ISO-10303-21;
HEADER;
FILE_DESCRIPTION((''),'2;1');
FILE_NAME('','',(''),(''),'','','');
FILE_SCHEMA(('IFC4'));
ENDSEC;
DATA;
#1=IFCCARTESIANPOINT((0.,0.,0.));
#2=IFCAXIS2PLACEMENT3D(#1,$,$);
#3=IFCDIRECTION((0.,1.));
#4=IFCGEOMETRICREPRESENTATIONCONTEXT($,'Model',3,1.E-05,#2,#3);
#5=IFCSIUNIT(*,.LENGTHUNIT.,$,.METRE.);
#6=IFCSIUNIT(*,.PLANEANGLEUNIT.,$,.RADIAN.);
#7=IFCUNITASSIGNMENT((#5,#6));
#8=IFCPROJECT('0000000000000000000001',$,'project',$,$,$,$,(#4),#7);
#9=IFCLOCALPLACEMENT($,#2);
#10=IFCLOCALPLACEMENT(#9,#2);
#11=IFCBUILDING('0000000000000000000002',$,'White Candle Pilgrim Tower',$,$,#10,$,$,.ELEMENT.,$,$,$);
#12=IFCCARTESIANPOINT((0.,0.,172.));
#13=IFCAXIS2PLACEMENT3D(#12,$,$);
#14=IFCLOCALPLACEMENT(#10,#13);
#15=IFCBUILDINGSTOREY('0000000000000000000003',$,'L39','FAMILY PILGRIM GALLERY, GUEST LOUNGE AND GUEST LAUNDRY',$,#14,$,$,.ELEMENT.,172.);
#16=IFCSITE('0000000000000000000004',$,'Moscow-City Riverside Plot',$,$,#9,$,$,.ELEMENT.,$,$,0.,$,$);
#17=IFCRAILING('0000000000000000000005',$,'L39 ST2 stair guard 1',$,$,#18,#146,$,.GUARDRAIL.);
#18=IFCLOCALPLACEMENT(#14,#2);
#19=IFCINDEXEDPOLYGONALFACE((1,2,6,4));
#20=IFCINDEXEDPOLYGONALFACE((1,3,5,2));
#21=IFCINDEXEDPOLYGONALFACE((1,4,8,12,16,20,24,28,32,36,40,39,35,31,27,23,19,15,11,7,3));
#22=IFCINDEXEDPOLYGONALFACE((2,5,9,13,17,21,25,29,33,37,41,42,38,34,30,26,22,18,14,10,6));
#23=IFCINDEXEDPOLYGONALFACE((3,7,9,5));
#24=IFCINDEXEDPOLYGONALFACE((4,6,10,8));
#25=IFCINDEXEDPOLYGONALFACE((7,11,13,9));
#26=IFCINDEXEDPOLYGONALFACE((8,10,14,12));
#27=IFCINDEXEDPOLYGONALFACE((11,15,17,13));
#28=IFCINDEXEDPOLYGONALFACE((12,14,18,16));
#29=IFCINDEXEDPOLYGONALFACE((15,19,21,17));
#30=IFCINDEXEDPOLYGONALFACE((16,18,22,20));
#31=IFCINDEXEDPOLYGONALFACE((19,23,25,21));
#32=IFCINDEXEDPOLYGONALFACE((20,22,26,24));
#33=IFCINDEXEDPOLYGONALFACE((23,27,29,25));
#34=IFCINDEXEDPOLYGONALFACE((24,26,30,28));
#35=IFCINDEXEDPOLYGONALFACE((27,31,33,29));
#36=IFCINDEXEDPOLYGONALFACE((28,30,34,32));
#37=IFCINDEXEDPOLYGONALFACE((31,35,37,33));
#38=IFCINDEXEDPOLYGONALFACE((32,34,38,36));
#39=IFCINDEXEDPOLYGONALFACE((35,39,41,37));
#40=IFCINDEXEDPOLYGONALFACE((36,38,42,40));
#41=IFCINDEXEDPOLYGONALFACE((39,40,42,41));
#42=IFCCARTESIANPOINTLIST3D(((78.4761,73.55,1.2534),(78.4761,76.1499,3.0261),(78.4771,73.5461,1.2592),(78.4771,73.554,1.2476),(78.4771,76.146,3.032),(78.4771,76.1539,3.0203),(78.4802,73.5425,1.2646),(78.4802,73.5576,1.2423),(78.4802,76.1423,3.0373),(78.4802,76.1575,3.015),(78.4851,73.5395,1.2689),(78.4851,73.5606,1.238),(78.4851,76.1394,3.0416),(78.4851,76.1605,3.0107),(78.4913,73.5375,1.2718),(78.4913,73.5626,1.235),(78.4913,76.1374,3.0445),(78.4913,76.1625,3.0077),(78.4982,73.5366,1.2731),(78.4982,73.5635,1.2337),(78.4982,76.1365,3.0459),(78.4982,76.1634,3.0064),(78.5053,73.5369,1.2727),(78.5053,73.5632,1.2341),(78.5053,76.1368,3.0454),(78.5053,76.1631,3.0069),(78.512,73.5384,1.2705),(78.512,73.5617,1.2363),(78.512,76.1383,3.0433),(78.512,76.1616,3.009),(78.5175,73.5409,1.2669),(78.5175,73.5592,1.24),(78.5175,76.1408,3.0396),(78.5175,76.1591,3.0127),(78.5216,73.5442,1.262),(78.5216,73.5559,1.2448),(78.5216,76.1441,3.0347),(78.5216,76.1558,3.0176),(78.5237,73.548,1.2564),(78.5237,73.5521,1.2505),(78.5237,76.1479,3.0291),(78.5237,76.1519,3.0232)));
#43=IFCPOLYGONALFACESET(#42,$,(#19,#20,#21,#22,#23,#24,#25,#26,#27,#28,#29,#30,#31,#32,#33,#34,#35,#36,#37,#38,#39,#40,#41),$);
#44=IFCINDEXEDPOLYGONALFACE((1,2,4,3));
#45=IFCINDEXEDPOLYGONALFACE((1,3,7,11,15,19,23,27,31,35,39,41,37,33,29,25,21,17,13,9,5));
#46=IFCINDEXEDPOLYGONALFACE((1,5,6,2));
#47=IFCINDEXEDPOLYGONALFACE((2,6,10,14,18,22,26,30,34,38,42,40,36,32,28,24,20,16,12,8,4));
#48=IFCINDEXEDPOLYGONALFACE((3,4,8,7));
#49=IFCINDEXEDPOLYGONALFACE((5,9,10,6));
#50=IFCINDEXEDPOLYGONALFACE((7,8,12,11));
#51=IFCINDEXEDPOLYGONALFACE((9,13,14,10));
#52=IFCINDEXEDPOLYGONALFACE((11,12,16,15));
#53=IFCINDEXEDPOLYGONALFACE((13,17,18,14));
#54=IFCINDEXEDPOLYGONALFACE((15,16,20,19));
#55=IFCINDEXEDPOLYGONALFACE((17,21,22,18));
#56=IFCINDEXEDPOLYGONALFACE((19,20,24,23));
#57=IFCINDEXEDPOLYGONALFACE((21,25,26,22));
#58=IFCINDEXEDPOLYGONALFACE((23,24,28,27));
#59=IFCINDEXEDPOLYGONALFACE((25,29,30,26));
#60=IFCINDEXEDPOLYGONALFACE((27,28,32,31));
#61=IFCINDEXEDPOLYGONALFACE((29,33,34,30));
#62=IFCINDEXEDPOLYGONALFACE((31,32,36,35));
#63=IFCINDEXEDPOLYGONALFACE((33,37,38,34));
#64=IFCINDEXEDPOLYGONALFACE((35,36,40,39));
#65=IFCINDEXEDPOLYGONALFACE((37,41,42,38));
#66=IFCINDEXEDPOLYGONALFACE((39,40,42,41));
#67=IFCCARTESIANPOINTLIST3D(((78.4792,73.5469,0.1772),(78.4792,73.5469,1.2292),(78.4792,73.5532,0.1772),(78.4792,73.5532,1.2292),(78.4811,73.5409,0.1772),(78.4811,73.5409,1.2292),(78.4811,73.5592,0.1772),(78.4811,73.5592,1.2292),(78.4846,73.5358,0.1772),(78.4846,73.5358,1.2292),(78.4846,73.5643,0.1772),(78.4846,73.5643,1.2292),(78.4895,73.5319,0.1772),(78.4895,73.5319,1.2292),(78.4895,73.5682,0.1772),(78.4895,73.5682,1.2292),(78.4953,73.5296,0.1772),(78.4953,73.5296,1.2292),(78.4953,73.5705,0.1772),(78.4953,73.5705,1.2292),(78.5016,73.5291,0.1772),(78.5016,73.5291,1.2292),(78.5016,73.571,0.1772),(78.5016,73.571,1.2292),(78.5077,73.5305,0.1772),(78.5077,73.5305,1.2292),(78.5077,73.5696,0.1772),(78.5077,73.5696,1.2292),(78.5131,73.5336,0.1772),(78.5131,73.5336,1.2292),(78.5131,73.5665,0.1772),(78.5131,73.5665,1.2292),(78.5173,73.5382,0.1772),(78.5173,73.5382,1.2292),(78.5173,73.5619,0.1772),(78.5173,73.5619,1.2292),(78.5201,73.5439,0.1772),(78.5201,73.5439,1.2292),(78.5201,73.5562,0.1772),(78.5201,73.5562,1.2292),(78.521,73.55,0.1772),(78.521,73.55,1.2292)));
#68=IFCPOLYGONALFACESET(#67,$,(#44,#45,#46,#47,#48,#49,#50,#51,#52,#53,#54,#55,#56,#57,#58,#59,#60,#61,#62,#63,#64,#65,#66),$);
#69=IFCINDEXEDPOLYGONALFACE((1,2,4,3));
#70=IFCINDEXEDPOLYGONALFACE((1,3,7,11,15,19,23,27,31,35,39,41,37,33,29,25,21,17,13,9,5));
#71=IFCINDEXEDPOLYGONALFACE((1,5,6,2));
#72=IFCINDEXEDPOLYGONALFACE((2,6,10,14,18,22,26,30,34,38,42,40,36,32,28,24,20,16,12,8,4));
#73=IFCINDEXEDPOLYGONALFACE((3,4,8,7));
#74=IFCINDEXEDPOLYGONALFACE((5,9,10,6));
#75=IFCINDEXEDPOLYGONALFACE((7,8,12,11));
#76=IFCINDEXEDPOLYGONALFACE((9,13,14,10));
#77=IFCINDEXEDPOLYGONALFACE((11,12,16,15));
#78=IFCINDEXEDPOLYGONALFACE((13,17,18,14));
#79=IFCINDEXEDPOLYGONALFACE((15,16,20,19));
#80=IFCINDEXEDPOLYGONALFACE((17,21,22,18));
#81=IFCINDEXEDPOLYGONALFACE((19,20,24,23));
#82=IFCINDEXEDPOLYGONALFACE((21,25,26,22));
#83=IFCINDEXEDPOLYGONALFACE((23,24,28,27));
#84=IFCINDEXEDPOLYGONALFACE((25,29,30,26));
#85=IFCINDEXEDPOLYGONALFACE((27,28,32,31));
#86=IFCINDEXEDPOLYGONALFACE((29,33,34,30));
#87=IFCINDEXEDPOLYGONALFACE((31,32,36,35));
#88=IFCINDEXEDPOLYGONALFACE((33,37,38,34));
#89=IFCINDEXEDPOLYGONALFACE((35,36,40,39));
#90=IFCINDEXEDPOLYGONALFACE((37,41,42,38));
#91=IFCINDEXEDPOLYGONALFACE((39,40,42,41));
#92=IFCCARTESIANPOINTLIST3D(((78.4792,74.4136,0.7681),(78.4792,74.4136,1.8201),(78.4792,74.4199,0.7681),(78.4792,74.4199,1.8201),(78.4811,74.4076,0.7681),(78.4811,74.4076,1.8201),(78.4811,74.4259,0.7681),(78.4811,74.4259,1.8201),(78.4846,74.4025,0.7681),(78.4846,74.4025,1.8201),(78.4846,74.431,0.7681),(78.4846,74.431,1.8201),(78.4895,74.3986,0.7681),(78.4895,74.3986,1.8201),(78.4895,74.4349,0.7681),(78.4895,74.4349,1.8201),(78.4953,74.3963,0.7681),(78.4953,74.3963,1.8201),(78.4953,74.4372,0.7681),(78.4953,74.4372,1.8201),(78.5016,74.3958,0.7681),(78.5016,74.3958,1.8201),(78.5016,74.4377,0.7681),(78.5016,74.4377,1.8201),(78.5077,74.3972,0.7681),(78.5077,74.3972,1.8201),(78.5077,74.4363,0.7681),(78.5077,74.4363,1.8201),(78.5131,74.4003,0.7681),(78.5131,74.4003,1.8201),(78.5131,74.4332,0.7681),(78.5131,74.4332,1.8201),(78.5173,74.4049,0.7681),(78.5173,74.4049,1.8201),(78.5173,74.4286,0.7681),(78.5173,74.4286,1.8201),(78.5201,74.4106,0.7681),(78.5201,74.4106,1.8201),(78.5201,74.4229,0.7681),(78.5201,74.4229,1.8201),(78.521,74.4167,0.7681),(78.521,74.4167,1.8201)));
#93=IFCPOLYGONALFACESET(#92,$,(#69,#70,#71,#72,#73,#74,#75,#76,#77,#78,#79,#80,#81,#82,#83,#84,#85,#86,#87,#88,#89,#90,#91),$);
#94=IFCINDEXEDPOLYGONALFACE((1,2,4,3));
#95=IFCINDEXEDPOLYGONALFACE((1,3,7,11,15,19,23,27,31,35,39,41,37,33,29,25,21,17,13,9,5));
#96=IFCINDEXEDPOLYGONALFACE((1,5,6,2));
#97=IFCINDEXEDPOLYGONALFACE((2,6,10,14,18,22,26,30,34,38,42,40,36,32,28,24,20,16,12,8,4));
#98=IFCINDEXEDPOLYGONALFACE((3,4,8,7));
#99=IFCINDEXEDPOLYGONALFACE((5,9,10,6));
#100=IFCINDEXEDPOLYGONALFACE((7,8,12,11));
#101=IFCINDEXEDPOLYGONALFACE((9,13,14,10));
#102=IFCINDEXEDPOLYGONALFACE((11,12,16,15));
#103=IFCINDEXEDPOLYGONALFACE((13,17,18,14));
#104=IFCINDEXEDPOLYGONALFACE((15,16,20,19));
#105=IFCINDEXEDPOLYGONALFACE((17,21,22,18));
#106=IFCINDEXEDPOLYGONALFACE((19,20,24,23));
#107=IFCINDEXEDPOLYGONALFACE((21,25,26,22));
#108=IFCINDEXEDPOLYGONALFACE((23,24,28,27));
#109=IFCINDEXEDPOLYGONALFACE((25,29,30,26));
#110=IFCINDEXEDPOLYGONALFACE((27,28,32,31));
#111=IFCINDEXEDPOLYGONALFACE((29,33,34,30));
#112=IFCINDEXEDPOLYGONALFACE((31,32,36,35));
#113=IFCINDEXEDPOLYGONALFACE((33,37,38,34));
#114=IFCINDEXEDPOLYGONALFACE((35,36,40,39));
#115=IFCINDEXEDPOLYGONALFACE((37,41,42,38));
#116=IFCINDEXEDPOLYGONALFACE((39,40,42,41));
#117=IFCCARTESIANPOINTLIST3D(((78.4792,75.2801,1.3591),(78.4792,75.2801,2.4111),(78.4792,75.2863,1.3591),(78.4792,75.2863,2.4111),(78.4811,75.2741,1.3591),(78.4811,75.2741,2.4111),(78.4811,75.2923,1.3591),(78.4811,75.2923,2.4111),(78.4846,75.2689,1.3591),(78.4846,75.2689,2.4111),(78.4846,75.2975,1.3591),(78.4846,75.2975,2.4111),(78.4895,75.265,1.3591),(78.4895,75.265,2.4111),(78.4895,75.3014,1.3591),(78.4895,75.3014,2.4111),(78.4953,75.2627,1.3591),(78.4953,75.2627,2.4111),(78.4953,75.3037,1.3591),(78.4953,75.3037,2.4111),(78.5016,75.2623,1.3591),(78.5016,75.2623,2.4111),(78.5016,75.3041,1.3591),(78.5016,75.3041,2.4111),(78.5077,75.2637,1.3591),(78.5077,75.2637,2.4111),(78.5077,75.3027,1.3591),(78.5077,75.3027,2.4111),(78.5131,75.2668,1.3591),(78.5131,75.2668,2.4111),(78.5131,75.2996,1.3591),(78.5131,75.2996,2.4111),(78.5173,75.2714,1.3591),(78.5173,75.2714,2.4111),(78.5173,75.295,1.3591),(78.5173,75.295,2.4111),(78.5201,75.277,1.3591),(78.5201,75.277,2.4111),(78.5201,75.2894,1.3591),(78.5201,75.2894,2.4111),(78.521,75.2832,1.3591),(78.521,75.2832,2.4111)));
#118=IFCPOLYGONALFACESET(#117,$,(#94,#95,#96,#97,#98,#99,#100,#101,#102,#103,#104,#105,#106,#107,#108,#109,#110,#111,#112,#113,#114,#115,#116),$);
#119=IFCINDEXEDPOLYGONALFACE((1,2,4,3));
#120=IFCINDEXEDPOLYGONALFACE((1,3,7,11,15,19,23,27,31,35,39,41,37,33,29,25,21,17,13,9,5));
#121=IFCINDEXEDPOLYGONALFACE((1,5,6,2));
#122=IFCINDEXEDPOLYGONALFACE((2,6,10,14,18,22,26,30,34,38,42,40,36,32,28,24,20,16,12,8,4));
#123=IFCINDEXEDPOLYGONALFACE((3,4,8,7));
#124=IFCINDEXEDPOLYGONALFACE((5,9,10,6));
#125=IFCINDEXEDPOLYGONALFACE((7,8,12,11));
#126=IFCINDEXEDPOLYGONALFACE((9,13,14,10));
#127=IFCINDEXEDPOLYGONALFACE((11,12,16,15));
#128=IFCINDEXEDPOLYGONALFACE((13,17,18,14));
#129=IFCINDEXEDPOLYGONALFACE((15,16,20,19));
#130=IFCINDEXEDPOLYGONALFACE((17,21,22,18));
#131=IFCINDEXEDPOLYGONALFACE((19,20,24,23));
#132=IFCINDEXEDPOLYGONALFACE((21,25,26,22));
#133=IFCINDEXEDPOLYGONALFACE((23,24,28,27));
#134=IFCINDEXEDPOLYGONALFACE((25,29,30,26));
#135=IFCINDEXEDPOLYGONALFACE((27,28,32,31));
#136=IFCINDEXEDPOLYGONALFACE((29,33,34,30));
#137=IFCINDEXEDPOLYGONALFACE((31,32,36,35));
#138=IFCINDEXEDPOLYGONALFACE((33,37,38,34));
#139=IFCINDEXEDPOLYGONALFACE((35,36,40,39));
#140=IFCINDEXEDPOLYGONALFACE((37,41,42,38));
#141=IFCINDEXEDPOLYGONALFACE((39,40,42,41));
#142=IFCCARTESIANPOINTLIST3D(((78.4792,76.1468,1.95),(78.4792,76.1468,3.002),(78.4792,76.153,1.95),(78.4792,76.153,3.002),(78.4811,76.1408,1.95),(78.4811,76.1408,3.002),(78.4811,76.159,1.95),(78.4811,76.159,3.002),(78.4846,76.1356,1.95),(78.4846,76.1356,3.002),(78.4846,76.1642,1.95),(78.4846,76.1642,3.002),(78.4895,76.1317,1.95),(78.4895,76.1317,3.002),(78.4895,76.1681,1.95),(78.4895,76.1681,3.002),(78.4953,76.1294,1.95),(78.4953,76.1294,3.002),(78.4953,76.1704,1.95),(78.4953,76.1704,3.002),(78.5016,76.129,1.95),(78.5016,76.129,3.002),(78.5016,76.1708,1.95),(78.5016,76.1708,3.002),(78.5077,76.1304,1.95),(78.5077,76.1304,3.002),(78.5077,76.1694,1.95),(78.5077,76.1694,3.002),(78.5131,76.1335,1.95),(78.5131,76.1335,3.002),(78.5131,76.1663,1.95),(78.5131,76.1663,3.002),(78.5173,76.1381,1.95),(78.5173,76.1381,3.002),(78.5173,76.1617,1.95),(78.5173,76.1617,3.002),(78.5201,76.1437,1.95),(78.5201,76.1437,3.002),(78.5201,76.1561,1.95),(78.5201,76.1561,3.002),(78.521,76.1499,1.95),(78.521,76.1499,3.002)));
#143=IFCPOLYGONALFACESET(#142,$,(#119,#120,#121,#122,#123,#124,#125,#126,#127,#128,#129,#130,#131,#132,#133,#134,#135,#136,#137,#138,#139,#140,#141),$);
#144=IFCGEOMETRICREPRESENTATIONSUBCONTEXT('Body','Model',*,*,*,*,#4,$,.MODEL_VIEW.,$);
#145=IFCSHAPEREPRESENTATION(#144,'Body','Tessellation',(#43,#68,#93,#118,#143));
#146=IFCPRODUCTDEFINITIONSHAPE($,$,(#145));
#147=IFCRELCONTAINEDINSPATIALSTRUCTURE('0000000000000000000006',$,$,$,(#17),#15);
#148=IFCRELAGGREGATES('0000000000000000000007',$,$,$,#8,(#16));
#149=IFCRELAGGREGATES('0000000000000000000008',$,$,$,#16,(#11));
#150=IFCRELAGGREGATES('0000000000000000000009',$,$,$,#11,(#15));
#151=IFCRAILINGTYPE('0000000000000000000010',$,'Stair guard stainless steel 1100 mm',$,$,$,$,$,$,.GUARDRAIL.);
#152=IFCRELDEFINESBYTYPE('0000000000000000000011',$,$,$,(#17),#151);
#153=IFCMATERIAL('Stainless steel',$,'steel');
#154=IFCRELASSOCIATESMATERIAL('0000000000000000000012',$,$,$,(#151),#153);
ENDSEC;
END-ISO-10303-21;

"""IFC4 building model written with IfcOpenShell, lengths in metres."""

from ifc_helpers import new_model, si_unit, direction, frame, origin, origin_2d, place, context, subcontext, project, spatial, circle, extrude, material, type_object, element, save


model = new_model("IFC4")

# Units and contexts
model_context = context("Model", 3, precision=1e-05, world=origin(), true_north=direction((0.0, 1.0)))
body_context = subcontext(model_context, "Body", "Model", "MODEL_VIEW")
ifc_project = project(units=[si_unit("LENGTHUNIT", "METRE"), si_unit("PLANEANGLEUNIT", "RADIAN")], contexts=[model_context])

# Site, building, storey
site_placement = place(None, origin())
site = spatial("IfcSite", under=ifc_project, at=site_placement, Name="Moscow-City Riverside Plot", CompositionType="ELEMENT", RefElevation=0.0)
building_placement = place(site_placement, origin())
building = spatial("IfcBuilding", under=site, at=building_placement, Name="White Candle Pilgrim Tower", CompositionType="ELEMENT")
storey_placement = place(building_placement, frame((0.0, 0.0, 172.0)))
storey = spatial("IfcBuildingStorey", under=building, at=storey_placement, Name="L39", Description="FAMILY PILGRIM GALLERY, GUEST LOUNGE AND GUEST LAUNDRY", CompositionType="ELEMENT", Elevation=172.0)

# Railing
ifc_material_1 = material(Name="Stainless steel", Category="steel")
railing_type_1 = type_object("IfcRailingType", Name="Stair guard stainless steel 1100 mm", PredefinedType="GUARDRAIL", material=ifc_material_1)
railing_1_placement = place(storey_placement, frame((78.5, 73.55, 0.1772)))
element("IfcRailing", 1, at=railing_1_placement, inside=storey, type_object=railing_type_1, Name="L39 ST2 stair guard 1", PredefinedType="GUARDRAIL", context=body_context, shape_type="SweptSolid", body=[
    extrude(circle(Radius=0.0239, at=origin_2d()), frame((0.0, 0.0, 1.0762), z_axis=(0.0, 0.826216, 0.563354), x_axis=(-1.0, 0.0, 0.0)), (0.0, 0.0, 1.0), 3.1467),
    extrude(circle(Radius=0.021, at=origin_2d()), origin(), (0.0, 0.0, 1.0), 1.052),
    extrude(circle(Radius=0.021, at=origin_2d()), frame((0.0, 0.8667, 0.5908)), (0.0, 0.0, 1.0), 1.052),
    extrude(circle(Radius=0.021, at=origin_2d()), frame((0.0, 1.7332, 1.1819)), (0.0, 0.0, 1.0), 1.052),
    extrude(circle(Radius=0.021, at=origin_2d()), frame((0.0, 2.5999, 1.7727)), (0.0, 0.0, 1.0), 1.052),
])

save(model, "model.ifc")
